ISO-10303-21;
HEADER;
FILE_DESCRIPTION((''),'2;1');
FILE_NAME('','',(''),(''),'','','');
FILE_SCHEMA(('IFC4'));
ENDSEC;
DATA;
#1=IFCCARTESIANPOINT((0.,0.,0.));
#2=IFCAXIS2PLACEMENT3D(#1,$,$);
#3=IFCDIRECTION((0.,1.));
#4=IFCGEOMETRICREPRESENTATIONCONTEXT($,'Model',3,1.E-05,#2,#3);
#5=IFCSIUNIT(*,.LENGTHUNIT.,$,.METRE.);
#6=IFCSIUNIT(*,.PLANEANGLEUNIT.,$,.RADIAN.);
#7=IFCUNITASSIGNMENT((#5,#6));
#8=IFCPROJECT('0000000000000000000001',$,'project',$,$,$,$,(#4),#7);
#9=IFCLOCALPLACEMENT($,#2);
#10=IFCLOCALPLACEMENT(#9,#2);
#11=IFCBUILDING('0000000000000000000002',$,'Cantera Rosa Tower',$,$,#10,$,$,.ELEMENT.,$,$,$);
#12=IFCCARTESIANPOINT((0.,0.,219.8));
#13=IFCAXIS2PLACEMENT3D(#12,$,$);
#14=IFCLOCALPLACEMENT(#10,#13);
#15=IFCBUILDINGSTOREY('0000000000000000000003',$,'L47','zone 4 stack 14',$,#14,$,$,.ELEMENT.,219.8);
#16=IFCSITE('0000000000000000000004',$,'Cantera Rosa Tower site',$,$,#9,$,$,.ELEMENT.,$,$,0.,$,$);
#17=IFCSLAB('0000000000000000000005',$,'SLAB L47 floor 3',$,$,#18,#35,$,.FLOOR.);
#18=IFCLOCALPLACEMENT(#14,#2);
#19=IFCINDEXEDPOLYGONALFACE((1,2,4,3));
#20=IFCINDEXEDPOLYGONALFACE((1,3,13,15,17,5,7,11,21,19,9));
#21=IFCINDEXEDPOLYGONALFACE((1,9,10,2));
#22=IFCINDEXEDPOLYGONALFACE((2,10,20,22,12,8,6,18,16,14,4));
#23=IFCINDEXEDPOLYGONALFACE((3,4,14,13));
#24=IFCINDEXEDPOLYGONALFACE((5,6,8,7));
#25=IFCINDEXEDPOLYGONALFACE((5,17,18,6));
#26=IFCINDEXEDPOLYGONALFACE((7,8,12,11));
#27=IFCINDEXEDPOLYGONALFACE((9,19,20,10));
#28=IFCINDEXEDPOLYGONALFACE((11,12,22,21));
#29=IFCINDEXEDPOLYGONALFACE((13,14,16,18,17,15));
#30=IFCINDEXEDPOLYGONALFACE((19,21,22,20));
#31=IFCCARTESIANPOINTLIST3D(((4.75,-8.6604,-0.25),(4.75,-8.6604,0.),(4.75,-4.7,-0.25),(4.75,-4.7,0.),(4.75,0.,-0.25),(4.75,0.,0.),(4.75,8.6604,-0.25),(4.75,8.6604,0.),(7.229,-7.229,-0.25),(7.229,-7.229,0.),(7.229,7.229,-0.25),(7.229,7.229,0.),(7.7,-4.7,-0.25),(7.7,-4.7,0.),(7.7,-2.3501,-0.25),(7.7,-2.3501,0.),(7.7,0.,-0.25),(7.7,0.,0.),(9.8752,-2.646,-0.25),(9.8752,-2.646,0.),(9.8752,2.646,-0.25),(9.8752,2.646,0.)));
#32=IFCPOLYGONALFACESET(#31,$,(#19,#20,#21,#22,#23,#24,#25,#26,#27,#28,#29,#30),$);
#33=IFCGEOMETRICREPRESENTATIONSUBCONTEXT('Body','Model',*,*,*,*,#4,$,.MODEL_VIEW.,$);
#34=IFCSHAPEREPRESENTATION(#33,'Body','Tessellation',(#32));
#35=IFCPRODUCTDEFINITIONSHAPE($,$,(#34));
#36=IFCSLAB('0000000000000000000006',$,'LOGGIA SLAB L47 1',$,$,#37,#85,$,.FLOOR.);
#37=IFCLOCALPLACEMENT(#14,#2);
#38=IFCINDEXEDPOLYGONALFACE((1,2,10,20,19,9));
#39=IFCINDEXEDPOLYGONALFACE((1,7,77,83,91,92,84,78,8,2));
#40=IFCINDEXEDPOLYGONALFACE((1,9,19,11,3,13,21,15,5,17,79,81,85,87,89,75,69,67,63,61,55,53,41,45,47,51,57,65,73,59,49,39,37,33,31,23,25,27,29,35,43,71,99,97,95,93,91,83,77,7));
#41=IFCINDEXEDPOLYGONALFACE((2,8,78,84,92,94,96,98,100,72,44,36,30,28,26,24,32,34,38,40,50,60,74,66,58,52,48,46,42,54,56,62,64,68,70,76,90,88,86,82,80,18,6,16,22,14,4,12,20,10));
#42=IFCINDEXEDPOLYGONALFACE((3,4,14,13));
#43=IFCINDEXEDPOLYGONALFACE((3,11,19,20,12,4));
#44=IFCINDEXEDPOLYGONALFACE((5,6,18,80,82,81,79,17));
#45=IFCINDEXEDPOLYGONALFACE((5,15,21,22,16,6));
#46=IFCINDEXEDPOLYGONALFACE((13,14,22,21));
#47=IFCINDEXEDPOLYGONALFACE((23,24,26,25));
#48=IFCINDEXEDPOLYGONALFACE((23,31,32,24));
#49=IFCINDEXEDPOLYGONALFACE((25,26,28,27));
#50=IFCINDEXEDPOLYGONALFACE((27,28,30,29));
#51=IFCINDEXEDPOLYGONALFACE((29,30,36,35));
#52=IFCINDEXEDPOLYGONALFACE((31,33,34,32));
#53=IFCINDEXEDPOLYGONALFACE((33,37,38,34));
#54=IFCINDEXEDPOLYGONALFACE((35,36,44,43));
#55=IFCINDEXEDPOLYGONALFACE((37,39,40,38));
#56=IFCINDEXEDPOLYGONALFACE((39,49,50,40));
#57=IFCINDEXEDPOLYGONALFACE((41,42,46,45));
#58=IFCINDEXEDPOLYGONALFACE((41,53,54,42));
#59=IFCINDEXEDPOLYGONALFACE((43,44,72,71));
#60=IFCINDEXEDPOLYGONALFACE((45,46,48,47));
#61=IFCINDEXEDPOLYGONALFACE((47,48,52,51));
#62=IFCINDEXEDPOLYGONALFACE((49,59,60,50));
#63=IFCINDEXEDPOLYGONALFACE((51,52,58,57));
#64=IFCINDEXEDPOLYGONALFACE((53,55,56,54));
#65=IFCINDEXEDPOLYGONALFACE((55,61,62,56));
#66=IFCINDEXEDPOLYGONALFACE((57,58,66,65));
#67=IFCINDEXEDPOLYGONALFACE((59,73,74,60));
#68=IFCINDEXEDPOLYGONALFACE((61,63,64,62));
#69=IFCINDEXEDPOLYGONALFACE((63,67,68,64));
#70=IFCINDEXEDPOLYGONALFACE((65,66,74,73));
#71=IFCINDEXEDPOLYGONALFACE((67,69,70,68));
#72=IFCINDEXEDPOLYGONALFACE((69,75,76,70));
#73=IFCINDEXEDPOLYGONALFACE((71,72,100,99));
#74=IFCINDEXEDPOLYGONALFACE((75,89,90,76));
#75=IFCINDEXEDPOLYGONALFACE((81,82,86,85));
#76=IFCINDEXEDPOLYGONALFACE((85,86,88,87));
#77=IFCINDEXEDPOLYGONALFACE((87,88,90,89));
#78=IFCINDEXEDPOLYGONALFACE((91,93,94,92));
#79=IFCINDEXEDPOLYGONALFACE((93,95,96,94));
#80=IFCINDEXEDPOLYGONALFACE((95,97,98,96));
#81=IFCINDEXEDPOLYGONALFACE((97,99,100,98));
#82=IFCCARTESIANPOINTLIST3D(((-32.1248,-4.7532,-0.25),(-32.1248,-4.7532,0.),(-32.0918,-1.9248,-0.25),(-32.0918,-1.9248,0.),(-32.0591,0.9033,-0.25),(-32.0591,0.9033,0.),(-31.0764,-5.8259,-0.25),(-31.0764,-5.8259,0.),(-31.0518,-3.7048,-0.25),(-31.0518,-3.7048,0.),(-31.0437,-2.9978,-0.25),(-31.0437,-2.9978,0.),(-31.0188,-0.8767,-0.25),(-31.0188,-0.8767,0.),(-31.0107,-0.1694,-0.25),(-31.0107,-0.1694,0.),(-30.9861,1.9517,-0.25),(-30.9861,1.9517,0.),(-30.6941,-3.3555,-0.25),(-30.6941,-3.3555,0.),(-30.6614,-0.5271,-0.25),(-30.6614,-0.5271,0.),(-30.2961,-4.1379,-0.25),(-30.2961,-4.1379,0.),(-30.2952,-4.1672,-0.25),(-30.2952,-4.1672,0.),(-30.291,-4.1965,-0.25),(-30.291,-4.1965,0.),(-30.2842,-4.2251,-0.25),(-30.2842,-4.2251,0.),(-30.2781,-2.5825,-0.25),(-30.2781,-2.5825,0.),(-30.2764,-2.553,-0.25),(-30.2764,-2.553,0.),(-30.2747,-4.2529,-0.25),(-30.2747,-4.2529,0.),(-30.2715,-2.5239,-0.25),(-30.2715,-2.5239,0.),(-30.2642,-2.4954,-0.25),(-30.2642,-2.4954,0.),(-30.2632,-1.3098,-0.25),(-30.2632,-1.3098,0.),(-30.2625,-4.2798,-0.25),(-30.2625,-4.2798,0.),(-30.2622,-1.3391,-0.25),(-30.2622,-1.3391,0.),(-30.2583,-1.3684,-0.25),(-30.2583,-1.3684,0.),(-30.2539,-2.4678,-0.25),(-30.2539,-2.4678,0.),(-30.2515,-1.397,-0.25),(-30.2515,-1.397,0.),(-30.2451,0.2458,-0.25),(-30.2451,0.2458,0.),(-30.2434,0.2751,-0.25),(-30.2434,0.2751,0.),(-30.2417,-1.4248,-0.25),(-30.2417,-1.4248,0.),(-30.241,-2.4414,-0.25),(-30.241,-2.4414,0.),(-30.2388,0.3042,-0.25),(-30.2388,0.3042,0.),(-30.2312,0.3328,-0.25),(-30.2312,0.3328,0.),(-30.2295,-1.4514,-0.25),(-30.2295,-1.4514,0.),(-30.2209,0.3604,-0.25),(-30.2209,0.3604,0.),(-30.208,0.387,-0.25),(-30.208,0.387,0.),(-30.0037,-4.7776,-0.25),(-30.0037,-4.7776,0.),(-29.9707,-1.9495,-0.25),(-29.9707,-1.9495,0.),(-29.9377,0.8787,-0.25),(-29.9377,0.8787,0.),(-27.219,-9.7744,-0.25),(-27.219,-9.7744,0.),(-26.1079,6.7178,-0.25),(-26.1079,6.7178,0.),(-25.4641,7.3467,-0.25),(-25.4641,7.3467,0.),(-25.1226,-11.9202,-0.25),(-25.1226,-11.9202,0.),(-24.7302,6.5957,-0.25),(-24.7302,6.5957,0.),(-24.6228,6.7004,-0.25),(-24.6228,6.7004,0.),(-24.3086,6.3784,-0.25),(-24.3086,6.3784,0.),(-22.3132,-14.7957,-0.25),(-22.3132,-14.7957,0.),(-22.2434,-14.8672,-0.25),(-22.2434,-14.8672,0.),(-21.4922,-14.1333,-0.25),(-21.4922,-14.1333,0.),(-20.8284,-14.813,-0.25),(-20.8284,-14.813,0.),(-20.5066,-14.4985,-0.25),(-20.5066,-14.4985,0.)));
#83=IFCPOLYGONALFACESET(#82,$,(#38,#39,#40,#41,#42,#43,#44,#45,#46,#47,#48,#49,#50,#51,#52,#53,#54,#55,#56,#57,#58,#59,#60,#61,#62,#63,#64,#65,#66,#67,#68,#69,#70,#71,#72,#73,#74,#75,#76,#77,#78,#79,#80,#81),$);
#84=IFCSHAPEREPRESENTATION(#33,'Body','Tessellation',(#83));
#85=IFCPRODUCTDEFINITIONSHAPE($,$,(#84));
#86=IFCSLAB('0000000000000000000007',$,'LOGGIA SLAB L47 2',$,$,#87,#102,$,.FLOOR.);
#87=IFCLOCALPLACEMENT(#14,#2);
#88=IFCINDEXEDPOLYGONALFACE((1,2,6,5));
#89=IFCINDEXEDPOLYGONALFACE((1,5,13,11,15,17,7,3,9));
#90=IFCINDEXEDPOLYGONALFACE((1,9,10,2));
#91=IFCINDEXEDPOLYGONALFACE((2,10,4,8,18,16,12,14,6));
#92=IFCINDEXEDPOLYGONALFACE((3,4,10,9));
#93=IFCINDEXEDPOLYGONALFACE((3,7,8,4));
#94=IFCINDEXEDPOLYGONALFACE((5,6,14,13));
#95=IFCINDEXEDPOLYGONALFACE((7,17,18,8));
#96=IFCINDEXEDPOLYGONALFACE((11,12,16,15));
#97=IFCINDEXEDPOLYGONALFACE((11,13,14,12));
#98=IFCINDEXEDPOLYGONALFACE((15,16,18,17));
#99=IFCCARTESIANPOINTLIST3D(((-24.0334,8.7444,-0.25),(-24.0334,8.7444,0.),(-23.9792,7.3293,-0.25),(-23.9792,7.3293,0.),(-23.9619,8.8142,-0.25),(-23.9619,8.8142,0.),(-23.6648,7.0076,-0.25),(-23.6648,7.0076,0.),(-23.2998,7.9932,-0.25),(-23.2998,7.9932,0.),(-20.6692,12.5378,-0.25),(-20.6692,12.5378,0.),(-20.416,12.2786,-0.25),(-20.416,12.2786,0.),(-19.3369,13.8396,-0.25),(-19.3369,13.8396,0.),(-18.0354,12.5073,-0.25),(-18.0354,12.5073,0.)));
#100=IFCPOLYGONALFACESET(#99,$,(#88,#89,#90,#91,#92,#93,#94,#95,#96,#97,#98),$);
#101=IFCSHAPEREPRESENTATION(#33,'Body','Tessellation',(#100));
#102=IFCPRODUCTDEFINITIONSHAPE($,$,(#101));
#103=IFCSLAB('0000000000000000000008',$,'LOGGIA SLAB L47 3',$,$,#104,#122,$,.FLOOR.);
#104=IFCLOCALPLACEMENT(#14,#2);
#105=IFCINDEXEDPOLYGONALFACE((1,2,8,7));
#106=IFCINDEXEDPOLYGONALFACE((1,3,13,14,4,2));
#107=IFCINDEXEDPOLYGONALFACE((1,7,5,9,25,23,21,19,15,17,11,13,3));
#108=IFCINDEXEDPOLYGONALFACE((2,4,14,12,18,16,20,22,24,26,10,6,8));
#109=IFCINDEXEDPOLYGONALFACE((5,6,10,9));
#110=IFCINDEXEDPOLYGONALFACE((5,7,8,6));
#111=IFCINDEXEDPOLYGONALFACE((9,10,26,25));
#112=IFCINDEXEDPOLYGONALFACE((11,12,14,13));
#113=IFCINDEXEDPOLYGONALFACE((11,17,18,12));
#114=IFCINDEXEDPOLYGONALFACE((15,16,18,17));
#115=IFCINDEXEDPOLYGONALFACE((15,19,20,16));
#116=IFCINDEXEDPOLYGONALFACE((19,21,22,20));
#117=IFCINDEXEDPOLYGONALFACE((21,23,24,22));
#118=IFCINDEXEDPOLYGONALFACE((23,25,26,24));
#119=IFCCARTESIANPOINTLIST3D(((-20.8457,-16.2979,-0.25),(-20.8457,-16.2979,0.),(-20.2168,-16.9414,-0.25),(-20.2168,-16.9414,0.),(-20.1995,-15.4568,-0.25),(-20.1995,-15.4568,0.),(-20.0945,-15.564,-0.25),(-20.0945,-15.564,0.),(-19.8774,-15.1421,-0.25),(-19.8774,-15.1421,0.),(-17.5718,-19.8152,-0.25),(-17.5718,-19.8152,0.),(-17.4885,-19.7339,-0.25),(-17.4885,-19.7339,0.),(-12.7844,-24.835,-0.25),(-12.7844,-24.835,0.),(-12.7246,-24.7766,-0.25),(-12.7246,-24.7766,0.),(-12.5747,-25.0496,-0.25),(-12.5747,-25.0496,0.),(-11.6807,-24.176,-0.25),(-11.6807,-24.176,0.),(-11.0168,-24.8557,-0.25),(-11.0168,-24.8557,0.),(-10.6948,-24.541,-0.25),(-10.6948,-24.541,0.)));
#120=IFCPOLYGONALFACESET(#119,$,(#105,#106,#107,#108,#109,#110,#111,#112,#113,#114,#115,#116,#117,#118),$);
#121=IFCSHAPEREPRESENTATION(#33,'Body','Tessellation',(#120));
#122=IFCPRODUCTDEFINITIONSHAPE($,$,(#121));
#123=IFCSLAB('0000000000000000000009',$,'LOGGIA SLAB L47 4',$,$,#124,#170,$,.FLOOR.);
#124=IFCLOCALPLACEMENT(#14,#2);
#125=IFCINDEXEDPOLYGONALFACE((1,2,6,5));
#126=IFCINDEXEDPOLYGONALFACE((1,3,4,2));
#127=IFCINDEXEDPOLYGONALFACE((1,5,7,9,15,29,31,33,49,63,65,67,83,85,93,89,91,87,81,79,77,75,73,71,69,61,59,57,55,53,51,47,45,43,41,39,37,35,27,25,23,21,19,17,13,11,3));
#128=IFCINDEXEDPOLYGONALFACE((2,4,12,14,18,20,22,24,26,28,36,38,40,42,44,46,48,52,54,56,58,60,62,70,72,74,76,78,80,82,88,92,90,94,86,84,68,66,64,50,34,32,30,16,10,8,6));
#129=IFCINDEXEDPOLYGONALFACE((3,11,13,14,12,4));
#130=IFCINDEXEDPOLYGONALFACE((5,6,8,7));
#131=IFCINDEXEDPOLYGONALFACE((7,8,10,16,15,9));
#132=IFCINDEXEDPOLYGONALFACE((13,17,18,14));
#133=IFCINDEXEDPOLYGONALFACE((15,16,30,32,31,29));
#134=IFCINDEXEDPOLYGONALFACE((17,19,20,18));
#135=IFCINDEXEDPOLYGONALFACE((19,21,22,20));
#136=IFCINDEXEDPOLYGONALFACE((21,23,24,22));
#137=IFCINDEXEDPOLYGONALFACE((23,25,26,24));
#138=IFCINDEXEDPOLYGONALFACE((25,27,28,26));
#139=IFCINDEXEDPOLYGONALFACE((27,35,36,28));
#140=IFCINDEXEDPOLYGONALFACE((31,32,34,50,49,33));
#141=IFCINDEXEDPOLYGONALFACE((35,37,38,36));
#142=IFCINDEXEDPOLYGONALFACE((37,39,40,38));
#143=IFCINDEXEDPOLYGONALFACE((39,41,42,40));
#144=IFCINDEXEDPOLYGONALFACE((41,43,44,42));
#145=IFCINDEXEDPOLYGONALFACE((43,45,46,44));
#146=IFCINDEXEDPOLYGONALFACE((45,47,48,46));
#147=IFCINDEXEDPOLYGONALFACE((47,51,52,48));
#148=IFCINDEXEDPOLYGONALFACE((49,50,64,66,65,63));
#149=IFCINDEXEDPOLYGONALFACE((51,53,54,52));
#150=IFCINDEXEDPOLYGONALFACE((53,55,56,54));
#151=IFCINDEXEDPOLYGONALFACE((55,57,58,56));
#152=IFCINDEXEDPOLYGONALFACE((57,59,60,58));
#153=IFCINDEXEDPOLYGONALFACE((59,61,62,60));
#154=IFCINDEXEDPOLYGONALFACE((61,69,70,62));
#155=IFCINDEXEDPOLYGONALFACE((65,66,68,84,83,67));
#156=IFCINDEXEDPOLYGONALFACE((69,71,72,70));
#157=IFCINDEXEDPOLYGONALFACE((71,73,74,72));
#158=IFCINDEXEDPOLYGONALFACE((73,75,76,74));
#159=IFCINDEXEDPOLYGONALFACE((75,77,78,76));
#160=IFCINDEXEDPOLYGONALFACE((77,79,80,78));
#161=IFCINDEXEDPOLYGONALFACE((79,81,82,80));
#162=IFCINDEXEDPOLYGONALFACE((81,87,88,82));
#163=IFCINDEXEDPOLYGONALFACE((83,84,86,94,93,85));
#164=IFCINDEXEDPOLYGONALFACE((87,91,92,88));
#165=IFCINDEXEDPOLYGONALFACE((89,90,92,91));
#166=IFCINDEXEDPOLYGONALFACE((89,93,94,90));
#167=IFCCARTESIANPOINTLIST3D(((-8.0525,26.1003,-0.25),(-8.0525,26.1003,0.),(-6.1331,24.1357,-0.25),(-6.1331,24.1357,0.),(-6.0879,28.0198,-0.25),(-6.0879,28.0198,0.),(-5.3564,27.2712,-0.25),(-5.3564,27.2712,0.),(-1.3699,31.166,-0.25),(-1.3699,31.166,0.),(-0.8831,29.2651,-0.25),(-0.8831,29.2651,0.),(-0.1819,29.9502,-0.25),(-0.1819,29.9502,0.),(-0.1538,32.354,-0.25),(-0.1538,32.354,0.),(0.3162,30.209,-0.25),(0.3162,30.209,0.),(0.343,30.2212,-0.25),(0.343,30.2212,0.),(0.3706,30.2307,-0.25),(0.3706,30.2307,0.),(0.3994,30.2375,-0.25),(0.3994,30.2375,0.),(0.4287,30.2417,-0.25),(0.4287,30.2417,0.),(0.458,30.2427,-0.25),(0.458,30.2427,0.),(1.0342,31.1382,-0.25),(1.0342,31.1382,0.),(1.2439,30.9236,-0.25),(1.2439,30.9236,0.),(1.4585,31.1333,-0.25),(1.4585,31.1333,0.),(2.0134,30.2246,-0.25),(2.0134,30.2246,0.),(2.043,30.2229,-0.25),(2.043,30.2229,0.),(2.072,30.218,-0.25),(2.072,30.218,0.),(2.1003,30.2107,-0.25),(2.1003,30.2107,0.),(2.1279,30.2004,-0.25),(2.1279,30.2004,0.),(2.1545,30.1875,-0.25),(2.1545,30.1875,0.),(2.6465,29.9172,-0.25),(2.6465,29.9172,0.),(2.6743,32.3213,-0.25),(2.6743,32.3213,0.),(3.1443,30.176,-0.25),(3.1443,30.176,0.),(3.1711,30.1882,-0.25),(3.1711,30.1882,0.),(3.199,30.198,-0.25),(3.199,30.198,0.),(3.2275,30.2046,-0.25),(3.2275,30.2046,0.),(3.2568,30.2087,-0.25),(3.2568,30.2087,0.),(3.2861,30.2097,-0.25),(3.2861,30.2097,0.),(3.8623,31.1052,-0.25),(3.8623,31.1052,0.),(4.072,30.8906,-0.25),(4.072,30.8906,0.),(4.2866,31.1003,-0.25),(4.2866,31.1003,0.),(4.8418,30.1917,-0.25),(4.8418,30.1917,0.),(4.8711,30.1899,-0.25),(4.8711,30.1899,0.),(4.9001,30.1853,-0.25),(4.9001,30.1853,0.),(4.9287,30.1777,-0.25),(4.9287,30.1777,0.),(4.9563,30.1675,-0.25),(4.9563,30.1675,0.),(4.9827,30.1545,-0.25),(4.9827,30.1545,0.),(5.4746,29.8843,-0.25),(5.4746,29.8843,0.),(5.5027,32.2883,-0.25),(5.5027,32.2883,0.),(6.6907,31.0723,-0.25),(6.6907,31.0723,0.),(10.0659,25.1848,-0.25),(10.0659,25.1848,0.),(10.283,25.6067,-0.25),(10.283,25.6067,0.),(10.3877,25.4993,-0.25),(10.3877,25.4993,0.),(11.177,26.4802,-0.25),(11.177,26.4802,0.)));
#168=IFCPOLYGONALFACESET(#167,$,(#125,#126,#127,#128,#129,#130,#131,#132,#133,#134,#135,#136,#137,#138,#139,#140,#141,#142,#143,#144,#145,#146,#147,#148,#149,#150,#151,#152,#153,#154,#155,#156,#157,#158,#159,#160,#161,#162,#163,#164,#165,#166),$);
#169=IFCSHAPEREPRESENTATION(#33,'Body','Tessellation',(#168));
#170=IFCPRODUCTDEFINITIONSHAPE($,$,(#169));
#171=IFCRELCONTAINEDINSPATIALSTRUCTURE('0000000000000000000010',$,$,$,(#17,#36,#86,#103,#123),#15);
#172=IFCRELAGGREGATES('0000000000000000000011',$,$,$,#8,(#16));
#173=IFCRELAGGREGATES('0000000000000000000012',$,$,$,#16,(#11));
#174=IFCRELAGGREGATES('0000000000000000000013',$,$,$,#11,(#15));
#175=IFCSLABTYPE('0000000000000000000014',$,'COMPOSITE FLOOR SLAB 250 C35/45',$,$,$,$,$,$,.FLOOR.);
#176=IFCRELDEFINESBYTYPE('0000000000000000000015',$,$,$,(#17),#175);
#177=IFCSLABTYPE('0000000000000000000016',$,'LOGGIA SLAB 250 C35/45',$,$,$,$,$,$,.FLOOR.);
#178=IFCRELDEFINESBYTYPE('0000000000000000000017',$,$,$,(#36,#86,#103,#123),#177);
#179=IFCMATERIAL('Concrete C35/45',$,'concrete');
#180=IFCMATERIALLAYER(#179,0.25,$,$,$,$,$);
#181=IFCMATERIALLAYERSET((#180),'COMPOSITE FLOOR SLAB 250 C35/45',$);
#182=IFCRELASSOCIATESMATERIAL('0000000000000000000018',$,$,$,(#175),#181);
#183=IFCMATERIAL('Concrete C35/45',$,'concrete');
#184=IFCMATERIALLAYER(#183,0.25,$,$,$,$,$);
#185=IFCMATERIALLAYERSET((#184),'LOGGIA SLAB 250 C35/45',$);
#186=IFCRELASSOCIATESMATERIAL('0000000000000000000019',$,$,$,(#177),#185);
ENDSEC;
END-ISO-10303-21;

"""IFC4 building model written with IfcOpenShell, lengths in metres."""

from ifc_helpers import new_model, si_unit, direction, frame, origin, place, context, subcontext, project, spatial, polyline, outline, extrude, material, layer, layer_set, type_object, element, save


model = new_model("IFC4")

# Units and contexts
model_context = context("Model", 3, precision=1e-05, world=origin(), true_north=direction((0.0, 1.0)))
body_context = subcontext(model_context, "Body", "Model", "MODEL_VIEW")
ifc_project = project(units=[si_unit("LENGTHUNIT", "METRE"), si_unit("PLANEANGLEUNIT", "RADIAN")], contexts=[model_context])

# Site, building, storey
site_placement = place(None, origin())
site = spatial("IfcSite", under=ifc_project, at=site_placement, Name="Cantera Rosa Tower site", CompositionType="ELEMENT", RefElevation=0.0)
building_placement = place(site_placement, origin())
building = spatial("IfcBuilding", under=site, at=building_placement, Name="Cantera Rosa Tower", CompositionType="ELEMENT")
storey_placement = place(building_placement, frame((0.0, 0.0, 219.8)))
storey = spatial("IfcBuildingStorey", under=building, at=storey_placement, Name="L47", Description="zone 4 stack 14", CompositionType="ELEMENT", Elevation=219.8)

# Slabs
ifc_material_1 = material(Name="Concrete C35/45", Category="concrete")
ifc_layer_1 = layer(ifc_material_1, 0.25)
ifc_layer_set_1 = layer_set([ifc_layer_1], Name="COMPOSITE FLOOR SLAB 250 C35/45")
slab_type_1 = type_object("IfcSlabType", Name="COMPOSITE FLOOR SLAB 250 C35/45", PredefinedType="FLOOR", material=ifc_layer_set_1)
slab_1_placement = place(storey_placement, frame((0.0, 0.0, -0.25)))
element("IfcSlab", 1, at=slab_1_placement, inside=storey, type_object=slab_type_1, Name="SLAB L47 floor 3", PredefinedType="FLOOR", context=body_context, shape_type="SweptSolid", body=[
    extrude(outline(polyline([(7.7, -2.3501), (7.7, 0.0), (4.75, 0.0), (4.75, 8.6604), (7.229, 7.229), (9.8752, 2.646), (9.8752, -2.646), (7.229, -7.229), (4.75, -8.6604), (4.75, -4.7), (7.7, -4.7), (7.7, -2.3501)])), origin(), (0.0, 0.0, 1.0), 0.25),
])
ifc_material_2 = material(Name="Concrete C35/45", Category="concrete")
ifc_layer_2 = layer(ifc_material_2, 0.25)
ifc_layer_set_2 = layer_set([ifc_layer_2], Name="LOGGIA SLAB 250 C35/45")
slab_type_2 = type_object("IfcSlabType", Name="LOGGIA SLAB 250 C35/45", PredefinedType="FLOOR", material=ifc_layer_set_2)
slab_2_placement = place(storey_placement, frame((0.0, 0.0, -0.25)))
element("IfcSlab", 2, at=slab_2_placement, inside=storey, type_object=slab_type_2, Name="LOGGIA SLAB L47 1", PredefinedType="FLOOR", context=body_context, shape_type="SweptSolid", body=[
    extrude(outline(polyline([(-27.219, -9.7744), (-31.0764, -5.8259), (-32.1248, -4.7532), (-31.0518, -3.7048), (-30.6941, -3.3555), (-31.0437, -2.9978), (-32.0918, -1.9248), (-31.0188, -0.8767), (-30.6614, -0.5271), (-31.0107, -0.1694), (-32.0591, 0.9033), (-30.9861, 1.9517), (-26.1079, 6.7178), (-25.4641, 7.3467), (-24.7302, 6.5957), (-24.6228, 6.7004), (-24.3086, 6.3784), (-29.9377, 0.8787), (-30.208, 0.387), (-30.2209, 0.3604), (-30.2312, 0.3328), (-30.2388, 0.3042), (-30.2434, 0.2751), (-30.2451, 0.2458), (-30.2632, -1.3098), (-30.2622, -1.3391), (-30.2583, -1.3684), (-30.2515, -1.397), (-30.2417, -1.4248), (-30.2295, -1.4514), (-29.9707, -1.9495), (-30.241, -2.4414), (-30.2539, -2.4678), (-30.2642, -2.4954), (-30.2715, -2.5239), (-30.2764, -2.553), (-30.2781, -2.5825), (-30.2961, -4.1379), (-30.2952, -4.1672), (-30.291, -4.1965), (-30.2842, -4.2251), (-30.2747, -4.2529), (-30.2625, -4.2798), (-30.0037, -4.7776), (-20.5066, -14.4985), (-20.8284, -14.813), (-21.4922, -14.1333), (-22.2434, -14.8672), (-22.3132, -14.7957), (-25.1226, -11.9202), (-27.219, -9.7744)])), origin(), (0.0, 0.0, 1.0), 0.25),
])
slab_3_placement = place(storey_placement, frame((0.0, 0.0, -0.25)))
element("IfcSlab", 3, at=slab_3_placement, inside=storey, type_object=slab_type_2, Name="LOGGIA SLAB L47 2", PredefinedType="FLOOR", context=body_context, shape_type="SweptSolid", body=[
    extrude(outline(polyline([(-20.6692, 12.5378), (-19.3369, 13.8396), (-18.0354, 12.5073), (-23.6648, 7.0076), (-23.9792, 7.3293), (-23.2998, 7.9932), (-24.0334, 8.7444), (-23.9619, 8.8142), (-20.416, 12.2786), (-20.6692, 12.5378)])), origin(), (0.0, 0.0, 1.0), 0.25),
])
slab_4_placement = place(storey_placement, frame((0.0, 0.0, -0.25)))
element("IfcSlab", 4, at=slab_4_placement, inside=storey, type_object=slab_type_2, Name="LOGGIA SLAB L47 3", PredefinedType="FLOOR", context=body_context, shape_type="SweptSolid", body=[
    extrude(outline(polyline([(-17.5718, -19.8152), (-17.4885, -19.7339), (-20.2168, -16.9414), (-20.8457, -16.2979), (-20.0945, -15.564), (-20.1995, -15.4568), (-19.8774, -15.1421), (-10.6948, -24.541), (-11.0168, -24.8557), (-11.6807, -24.176), (-12.5747, -25.0496), (-12.7844, -24.835), (-12.7246, -24.7766), (-17.5718, -19.8152)])), origin(), (0.0, 0.0, 1.0), 0.25),
])
slab_5_placement = place(storey_placement, frame((0.0, 0.0, -0.25)))
element("IfcSlab", 5, at=slab_5_placement, inside=storey, type_object=slab_type_2, Name="LOGGIA SLAB L47 4", PredefinedType="FLOOR", context=body_context, shape_type="SweptSolid", body=[
    extrude(outline(polyline([(-1.3699, 31.166), (-0.1538, 32.354), (1.0342, 31.1382), (1.2439, 30.9236), (1.4585, 31.1333), (2.6743, 32.3213), (3.8623, 31.1052), (4.072, 30.8906), (4.2866, 31.1003), (5.5027, 32.2883), (6.6907, 31.0723), (11.177, 26.4802), (10.283, 25.6067), (10.3877, 25.4993), (10.0659, 25.1848), (5.4746, 29.8843), (4.9827, 30.1545), (4.9563, 30.1675), (4.9287, 30.1777), (4.9001, 30.1853), (4.8711, 30.1899), (4.8418, 30.1917), (3.2861, 30.2097), (3.2568, 30.2087), (3.2275, 30.2046), (3.199, 30.198), (3.1711, 30.1882), (3.1443, 30.176), (2.6465, 29.9172), (2.1545, 30.1875), (2.1279, 30.2004), (2.1003, 30.2107), (2.072, 30.218), (2.043, 30.2229), (2.0134, 30.2246), (0.458, 30.2427), (0.4287, 30.2417), (0.3994, 30.2375), (0.3706, 30.2307), (0.343, 30.2212), (0.3162, 30.209), (-0.1819, 29.9502), (-0.8831, 29.2651), (-6.1331, 24.1357), (-8.0525, 26.1003), (-6.0879, 28.0198), (-5.3564, 27.2712), (-1.3699, 31.166)])), origin(), (0.0, 0.0, 1.0), 0.25),
])

save(model, "model.ifc")
